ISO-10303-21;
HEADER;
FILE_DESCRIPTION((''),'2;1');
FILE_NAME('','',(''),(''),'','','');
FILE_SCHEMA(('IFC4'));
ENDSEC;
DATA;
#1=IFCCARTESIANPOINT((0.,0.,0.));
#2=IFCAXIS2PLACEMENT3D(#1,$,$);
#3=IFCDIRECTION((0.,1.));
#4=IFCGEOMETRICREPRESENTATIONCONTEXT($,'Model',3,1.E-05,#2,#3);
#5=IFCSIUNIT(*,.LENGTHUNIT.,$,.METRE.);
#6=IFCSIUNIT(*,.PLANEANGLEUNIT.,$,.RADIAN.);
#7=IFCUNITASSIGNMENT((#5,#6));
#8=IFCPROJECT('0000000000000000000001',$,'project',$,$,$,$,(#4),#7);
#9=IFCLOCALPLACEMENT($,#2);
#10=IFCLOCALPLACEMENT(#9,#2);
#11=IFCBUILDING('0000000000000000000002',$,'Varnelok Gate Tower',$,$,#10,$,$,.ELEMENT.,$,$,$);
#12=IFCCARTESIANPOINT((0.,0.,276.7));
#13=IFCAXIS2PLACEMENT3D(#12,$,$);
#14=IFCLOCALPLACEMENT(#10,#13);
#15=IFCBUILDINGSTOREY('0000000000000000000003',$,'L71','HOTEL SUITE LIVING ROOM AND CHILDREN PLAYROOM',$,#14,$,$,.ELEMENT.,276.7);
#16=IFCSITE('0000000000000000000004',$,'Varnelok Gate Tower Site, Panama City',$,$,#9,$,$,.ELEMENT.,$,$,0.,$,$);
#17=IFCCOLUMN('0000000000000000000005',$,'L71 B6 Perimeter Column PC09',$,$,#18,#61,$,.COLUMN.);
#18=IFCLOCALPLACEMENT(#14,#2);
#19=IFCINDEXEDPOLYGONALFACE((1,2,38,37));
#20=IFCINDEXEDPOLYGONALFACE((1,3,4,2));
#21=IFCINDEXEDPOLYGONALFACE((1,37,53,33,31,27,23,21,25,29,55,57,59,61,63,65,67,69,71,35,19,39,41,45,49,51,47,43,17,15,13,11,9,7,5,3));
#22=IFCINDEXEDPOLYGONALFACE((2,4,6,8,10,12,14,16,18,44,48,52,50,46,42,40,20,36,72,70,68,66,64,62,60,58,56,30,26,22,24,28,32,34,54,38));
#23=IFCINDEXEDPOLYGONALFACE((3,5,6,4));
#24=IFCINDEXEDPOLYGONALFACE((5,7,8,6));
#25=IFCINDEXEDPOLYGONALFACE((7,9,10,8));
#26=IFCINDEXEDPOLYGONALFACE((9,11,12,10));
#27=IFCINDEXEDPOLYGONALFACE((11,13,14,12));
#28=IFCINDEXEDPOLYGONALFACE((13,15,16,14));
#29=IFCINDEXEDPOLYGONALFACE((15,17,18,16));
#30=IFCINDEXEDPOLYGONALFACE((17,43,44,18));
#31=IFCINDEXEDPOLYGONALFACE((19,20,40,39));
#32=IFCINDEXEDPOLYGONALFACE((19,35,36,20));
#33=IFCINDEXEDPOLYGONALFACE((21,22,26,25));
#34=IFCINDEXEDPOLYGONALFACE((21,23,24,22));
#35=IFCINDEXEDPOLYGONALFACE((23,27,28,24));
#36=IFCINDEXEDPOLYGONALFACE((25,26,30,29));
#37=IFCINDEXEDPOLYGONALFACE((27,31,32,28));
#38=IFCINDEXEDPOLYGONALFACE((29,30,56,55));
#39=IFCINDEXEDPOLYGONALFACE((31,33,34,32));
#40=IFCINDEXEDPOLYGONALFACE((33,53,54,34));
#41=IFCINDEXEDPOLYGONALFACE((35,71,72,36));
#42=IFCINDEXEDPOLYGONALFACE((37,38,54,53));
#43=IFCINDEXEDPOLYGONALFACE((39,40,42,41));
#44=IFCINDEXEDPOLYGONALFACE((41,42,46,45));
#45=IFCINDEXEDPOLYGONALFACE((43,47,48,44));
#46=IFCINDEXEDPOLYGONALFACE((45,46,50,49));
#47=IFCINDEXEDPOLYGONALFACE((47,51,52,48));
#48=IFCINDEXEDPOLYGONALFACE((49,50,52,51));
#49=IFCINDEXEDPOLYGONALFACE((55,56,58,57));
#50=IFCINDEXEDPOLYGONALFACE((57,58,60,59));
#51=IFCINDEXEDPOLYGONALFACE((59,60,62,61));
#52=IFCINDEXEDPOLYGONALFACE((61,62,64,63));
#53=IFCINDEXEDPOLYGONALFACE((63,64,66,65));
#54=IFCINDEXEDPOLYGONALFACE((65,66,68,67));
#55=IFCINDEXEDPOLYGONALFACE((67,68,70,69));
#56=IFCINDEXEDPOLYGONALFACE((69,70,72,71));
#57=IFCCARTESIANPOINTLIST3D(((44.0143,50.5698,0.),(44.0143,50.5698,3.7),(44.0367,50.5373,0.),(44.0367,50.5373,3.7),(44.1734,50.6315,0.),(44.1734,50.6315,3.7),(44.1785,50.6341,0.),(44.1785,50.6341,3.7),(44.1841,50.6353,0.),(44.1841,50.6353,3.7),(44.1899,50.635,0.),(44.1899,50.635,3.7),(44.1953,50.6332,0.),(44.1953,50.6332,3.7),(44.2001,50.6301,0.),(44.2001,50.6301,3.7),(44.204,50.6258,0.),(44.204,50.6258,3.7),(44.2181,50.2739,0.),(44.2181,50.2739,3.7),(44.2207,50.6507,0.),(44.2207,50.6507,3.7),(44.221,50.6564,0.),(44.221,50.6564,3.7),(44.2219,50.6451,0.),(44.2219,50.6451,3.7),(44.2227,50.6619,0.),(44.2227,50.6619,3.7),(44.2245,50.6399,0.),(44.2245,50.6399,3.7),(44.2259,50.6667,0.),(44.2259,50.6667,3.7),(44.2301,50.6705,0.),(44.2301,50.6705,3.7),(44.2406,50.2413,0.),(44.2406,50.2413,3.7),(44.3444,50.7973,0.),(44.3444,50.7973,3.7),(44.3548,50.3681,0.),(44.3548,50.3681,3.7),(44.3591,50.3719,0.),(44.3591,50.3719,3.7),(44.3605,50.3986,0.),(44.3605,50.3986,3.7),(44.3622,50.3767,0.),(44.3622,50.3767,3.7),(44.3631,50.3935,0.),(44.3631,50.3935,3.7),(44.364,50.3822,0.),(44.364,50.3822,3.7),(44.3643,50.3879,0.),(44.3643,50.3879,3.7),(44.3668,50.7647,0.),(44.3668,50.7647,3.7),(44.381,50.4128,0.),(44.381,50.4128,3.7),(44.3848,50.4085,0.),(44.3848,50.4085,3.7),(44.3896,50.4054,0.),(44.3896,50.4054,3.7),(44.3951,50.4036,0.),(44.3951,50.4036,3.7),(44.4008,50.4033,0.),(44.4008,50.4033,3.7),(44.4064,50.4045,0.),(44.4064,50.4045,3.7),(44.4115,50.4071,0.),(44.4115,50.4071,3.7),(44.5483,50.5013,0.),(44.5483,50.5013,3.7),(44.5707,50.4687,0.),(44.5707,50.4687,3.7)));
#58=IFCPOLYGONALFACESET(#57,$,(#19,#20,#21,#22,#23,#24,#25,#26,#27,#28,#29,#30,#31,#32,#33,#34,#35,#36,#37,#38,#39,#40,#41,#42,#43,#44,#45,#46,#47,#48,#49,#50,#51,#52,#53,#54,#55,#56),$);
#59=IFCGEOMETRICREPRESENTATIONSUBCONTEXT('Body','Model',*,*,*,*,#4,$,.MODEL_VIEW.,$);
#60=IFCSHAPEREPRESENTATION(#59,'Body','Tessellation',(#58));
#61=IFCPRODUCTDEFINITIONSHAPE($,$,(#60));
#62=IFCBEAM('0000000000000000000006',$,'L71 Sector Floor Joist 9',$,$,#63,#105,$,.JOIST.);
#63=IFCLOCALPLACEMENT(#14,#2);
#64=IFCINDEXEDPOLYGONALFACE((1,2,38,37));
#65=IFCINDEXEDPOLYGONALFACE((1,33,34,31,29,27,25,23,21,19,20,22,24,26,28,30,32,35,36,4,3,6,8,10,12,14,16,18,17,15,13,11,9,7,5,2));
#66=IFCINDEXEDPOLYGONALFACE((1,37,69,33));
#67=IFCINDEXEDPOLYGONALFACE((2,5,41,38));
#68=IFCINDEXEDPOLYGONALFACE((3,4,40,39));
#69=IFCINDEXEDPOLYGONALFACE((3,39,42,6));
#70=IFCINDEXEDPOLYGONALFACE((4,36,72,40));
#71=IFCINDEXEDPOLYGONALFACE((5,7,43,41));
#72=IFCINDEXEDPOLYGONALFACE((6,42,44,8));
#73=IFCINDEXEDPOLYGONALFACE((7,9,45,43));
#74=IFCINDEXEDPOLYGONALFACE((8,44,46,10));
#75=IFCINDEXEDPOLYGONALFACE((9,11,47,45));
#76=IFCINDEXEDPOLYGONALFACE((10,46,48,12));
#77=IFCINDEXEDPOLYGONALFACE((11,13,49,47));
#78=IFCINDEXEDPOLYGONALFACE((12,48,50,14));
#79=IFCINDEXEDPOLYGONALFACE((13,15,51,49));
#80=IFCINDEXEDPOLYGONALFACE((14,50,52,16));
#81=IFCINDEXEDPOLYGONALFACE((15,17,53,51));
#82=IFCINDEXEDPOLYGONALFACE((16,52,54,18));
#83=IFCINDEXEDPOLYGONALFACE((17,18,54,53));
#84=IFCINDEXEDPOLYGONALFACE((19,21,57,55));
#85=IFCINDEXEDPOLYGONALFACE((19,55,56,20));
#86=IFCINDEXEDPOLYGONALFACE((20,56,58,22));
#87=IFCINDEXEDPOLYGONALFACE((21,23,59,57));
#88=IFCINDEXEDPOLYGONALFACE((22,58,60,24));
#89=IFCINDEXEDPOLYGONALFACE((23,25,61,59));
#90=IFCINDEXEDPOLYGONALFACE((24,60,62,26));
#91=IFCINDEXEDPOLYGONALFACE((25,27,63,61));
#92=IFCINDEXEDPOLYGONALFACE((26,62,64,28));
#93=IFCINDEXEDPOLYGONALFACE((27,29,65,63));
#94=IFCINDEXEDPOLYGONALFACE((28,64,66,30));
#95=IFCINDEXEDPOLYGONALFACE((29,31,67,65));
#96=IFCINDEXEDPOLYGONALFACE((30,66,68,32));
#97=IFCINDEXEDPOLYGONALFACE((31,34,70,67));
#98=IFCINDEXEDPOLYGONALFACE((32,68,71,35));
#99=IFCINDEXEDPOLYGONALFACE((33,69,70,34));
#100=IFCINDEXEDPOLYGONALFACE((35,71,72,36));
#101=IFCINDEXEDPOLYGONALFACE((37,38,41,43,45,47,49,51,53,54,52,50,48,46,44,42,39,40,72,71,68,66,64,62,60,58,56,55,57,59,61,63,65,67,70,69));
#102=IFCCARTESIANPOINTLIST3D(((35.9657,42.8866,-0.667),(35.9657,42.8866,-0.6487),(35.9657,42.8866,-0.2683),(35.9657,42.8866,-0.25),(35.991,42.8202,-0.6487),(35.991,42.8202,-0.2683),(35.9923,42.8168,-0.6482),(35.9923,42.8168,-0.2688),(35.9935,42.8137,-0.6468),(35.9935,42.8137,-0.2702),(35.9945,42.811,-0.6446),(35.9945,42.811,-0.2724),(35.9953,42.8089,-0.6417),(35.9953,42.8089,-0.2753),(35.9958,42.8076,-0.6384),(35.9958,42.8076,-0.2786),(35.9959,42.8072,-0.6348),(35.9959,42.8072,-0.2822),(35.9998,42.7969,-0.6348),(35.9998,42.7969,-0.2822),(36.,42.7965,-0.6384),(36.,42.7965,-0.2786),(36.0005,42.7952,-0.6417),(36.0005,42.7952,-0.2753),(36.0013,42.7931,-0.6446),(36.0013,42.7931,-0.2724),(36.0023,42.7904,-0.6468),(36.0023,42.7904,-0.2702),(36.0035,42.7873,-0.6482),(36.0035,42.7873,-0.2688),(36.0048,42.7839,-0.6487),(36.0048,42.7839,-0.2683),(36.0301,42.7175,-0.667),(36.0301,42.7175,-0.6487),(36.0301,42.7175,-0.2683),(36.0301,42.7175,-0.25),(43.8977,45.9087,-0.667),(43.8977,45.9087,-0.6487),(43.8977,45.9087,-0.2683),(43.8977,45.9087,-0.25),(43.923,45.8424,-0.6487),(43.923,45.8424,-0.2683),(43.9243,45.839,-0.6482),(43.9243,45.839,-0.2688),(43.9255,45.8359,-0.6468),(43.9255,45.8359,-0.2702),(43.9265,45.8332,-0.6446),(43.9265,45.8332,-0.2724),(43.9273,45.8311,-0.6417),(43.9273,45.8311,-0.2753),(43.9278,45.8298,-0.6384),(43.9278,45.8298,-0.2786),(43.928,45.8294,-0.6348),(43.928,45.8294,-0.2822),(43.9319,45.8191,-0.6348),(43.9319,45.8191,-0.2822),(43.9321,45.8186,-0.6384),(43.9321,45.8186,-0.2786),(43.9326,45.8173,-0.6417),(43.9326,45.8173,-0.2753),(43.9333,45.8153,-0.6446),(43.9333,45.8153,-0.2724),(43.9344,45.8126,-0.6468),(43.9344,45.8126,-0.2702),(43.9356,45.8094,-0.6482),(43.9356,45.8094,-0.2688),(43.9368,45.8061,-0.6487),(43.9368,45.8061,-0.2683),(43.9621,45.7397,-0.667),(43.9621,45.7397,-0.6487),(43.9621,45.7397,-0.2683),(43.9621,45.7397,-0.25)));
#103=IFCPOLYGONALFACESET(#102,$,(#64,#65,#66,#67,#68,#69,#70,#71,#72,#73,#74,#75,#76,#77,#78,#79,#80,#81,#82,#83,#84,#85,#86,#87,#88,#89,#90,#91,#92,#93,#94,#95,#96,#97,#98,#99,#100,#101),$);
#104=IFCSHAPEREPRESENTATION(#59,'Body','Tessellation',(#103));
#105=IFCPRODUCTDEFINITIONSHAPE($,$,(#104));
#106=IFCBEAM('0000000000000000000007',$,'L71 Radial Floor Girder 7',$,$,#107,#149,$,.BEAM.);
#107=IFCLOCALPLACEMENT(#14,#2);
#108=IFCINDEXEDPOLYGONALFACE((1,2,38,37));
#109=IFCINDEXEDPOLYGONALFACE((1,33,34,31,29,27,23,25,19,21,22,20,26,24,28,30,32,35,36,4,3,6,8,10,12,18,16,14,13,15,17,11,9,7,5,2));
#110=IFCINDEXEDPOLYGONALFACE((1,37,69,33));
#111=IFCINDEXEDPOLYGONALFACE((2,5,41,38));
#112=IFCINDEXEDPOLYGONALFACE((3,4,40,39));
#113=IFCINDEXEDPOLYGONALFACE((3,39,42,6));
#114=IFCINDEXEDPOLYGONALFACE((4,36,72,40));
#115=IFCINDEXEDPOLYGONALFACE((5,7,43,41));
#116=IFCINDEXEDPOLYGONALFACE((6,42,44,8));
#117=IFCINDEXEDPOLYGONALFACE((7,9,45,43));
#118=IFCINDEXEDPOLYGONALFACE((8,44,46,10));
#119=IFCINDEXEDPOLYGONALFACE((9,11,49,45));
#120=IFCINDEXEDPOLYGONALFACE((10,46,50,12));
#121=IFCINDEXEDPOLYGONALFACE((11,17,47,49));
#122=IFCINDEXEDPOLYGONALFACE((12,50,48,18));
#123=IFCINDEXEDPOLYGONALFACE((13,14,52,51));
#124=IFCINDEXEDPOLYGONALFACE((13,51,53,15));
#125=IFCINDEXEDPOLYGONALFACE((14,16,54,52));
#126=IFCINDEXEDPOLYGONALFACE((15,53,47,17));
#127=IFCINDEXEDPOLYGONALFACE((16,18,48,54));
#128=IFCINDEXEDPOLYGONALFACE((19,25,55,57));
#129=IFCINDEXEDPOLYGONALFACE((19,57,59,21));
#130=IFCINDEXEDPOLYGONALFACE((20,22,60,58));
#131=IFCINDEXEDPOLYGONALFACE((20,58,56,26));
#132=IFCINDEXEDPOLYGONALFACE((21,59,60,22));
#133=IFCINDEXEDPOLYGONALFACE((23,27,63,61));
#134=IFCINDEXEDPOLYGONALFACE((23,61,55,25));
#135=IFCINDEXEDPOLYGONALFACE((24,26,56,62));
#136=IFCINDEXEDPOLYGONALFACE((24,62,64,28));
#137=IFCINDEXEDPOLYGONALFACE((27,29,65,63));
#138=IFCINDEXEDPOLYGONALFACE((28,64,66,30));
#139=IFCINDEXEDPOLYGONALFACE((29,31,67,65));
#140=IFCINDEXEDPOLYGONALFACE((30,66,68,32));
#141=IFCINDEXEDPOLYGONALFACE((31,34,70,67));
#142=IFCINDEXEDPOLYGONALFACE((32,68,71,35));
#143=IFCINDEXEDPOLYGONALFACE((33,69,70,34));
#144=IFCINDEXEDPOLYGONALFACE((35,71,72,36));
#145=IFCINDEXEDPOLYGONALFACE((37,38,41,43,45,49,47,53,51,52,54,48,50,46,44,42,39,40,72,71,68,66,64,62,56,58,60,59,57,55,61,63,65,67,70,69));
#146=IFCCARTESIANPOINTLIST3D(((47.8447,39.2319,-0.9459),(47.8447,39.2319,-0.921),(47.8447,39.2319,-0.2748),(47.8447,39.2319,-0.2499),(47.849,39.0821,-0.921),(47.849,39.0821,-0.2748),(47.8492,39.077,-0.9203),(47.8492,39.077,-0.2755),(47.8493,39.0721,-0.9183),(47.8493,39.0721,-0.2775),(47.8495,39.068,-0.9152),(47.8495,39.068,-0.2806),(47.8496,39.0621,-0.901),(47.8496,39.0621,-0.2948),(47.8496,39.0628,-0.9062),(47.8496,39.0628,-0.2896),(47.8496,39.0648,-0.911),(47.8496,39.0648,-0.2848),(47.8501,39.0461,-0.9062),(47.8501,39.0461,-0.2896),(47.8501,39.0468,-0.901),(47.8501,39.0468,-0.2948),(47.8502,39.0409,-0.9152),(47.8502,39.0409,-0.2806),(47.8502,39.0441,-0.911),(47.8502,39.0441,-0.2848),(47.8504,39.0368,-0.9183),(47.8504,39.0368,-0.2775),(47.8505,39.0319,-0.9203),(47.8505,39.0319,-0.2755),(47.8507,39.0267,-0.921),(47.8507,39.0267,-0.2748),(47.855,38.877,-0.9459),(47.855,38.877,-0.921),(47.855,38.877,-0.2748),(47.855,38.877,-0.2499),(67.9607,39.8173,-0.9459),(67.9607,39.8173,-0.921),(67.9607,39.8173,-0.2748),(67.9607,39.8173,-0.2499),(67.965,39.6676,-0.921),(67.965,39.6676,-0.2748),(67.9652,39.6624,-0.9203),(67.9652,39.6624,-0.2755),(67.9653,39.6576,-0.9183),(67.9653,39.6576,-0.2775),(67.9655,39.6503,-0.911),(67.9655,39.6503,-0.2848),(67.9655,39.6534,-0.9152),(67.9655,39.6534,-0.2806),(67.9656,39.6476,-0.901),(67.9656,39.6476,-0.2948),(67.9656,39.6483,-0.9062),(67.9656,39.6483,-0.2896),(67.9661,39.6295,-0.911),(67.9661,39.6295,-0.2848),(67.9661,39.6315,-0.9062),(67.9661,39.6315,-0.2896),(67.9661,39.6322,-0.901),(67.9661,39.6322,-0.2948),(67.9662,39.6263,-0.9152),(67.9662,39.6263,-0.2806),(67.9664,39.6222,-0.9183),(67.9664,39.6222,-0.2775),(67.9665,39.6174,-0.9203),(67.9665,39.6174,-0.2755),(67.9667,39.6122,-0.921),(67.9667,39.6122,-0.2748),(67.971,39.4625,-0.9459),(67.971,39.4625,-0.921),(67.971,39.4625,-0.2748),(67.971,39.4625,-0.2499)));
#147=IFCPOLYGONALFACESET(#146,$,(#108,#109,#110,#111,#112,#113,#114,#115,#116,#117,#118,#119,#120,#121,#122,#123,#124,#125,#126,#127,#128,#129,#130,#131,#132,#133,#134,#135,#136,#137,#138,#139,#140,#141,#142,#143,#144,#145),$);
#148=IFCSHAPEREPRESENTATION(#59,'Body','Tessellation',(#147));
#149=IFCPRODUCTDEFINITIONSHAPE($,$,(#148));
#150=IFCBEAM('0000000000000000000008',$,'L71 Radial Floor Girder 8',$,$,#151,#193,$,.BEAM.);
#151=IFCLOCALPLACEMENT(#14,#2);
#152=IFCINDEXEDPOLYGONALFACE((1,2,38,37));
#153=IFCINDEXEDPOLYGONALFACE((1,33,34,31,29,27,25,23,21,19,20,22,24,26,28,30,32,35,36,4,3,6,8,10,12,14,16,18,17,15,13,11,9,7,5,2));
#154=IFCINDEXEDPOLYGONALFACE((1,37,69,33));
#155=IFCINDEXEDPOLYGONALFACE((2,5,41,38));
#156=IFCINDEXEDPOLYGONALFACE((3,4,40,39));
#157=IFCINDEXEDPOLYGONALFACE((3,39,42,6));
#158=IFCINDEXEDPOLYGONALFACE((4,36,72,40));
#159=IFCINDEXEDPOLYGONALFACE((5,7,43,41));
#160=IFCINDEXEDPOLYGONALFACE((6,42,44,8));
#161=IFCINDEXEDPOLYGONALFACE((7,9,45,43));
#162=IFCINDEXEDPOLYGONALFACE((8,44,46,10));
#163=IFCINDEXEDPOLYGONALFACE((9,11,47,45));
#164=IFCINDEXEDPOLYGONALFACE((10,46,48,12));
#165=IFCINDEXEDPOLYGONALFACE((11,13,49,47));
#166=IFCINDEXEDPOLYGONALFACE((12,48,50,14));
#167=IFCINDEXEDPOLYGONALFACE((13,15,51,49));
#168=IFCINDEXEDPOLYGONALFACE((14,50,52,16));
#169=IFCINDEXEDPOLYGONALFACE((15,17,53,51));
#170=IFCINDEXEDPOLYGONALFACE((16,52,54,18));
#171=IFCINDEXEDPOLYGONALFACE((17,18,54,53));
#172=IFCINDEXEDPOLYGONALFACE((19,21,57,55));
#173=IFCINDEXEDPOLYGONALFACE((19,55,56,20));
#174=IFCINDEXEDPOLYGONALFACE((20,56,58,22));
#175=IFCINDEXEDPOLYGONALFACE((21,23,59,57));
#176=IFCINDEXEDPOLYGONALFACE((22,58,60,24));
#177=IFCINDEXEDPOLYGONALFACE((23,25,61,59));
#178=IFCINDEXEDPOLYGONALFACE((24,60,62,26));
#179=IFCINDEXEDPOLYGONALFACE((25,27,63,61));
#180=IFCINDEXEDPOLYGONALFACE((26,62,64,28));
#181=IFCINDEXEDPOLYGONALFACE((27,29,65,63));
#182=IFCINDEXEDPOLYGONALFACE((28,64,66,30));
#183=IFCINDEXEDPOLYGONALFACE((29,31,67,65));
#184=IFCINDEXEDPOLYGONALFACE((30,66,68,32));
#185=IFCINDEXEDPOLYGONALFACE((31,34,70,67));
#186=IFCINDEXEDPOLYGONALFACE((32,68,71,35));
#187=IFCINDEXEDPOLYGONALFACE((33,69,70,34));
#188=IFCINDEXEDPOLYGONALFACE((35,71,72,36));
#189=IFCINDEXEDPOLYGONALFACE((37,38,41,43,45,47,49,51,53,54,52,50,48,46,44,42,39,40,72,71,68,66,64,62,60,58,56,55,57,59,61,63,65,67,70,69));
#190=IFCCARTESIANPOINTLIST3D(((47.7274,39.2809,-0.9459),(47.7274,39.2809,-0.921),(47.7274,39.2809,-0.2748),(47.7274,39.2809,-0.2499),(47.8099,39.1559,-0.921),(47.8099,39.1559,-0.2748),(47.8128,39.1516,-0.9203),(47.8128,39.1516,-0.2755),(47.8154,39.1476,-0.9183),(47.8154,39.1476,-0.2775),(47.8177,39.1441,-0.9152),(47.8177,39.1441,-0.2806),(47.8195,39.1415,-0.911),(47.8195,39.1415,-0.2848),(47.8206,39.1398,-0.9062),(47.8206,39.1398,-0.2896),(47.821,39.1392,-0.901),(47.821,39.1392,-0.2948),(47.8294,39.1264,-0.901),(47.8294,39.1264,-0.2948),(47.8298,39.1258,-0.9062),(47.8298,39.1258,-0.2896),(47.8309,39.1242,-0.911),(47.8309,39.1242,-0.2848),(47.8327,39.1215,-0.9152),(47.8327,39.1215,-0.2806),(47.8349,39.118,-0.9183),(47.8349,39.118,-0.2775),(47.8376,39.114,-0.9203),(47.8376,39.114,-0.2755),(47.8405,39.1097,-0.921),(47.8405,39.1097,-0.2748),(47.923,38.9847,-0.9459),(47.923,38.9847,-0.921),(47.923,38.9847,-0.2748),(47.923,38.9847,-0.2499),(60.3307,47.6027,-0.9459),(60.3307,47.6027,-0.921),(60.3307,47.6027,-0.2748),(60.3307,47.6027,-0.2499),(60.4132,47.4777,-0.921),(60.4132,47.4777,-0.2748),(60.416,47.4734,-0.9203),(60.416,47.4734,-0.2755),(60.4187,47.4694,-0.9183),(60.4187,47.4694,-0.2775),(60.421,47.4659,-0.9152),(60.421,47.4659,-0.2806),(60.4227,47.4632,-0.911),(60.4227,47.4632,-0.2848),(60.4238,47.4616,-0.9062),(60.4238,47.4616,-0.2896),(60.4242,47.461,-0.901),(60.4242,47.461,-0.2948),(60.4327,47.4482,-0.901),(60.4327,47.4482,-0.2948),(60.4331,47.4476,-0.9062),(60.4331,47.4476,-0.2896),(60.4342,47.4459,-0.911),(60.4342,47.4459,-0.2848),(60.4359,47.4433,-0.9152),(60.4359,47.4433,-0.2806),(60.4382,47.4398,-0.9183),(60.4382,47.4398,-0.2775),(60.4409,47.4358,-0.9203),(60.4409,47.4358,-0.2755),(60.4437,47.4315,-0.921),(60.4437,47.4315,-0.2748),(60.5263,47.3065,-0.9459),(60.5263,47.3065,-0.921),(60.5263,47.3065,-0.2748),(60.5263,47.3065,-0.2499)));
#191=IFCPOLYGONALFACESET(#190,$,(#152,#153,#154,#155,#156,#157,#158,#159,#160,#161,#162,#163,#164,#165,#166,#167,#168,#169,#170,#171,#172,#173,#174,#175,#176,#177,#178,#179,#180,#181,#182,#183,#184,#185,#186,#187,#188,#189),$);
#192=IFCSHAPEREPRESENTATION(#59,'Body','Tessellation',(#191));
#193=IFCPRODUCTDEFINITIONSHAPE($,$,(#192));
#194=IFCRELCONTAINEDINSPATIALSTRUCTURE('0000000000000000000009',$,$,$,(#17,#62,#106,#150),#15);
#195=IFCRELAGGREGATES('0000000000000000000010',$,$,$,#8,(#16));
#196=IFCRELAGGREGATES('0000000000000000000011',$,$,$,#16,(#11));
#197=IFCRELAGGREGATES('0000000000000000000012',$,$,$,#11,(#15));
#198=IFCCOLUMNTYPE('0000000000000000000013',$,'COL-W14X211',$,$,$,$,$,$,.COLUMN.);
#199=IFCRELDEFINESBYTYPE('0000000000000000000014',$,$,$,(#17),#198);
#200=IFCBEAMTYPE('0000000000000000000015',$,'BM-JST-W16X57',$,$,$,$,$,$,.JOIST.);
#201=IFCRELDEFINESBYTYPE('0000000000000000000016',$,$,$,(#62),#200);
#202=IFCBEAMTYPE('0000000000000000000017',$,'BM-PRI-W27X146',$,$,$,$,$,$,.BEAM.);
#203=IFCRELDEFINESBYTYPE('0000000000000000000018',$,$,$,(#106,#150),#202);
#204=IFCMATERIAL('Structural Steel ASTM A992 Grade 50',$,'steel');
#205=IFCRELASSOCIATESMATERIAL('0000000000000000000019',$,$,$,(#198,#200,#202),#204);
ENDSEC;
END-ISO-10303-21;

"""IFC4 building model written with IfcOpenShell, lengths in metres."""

from ifc_helpers import new_model, si_unit, direction, frame, origin, origin_2d, place, context, subcontext, project, spatial, i_section, extrude, material, material_profile, profile_set, type_object, element, save


model = new_model("IFC4")

# Units and contexts
model_context = context("Model", 3, precision=1e-05, world=origin(), true_north=direction((0.0, 1.0)))
body_context = subcontext(model_context, "Body", "Model", "MODEL_VIEW")
ifc_project = project(units=[si_unit("LENGTHUNIT", "METRE"), si_unit("PLANEANGLEUNIT", "RADIAN")], contexts=[model_context])

# Site, building, storey
site_placement = place(None, origin())
site = spatial("IfcSite", under=ifc_project, at=site_placement, Name="Varnelok Gate Tower Site, Panama City", CompositionType="ELEMENT", RefElevation=0.0)
building_placement = place(site_placement, origin())
building = spatial("IfcBuilding", under=site, at=building_placement, Name="Varnelok Gate Tower", CompositionType="ELEMENT")
storey_placement = place(building_placement, frame((0.0, 0.0, 276.7)))
storey = spatial("IfcBuildingStorey", under=building, at=storey_placement, Name="L71", Description="HOTEL SUITE LIVING ROOM AND CHILDREN PLAYROOM", CompositionType="ELEMENT", Elevation=276.7)

# Column
ifc_material_1 = material(Name="Structural Steel ASTM A992 Grade 50", Category="steel")
ifc_material_profile_1 = material_profile(ifc_material_1, i_section(OverallWidth=0.4009, OverallDepth=0.3989, WebThickness=0.0249, FlangeThickness=0.0396, FilletRadius=0.022, at=origin_2d()), Name="W14X211")
ifc_profile_set_1 = profile_set([ifc_material_profile_1], Name="Structural Steel ASTM A992 Grade 50")
column_type = type_object("IfcColumnType", Name="COL-W14X211", PredefinedType="COLUMN", material=ifc_profile_set_1)
column_placement = place(storey_placement, frame((44.2925, 50.5193, 0.0), z_axis=(0.0, 0.0, 1.0), x_axis=(0.823533, 0.567269, 0.0)))
element("IfcColumn", 1, at=column_placement, inside=storey, type_object=column_type, Name="L71 B6 Perimeter Column PC09", PredefinedType="COLUMN", context=body_context, shape_type="SweptSolid", body=[
    extrude(i_section(OverallWidth=0.4009, OverallDepth=0.3989, WebThickness=0.0249, FlangeThickness=0.0396, FilletRadius=0.022, at=origin_2d()), origin(), (0.0, 0.0, 1.0), 3.7),
])

# Beams
ifc_material_profile_2 = material_profile(ifc_material_1, i_section(OverallWidth=0.1809, OverallDepth=0.417, WebThickness=0.011, FlangeThickness=0.0183, FilletRadius=0.0139, at=origin_2d()), Name="W16X57")
ifc_profile_set_2 = profile_set([ifc_material_profile_2], Name="Structural Steel ASTM A992 Grade 50")
beam_type_1 = type_object("IfcBeamType", Name="BM-JST-W16X57", PredefinedType="JOIST", material=ifc_profile_set_2)
beam_1_placement = place(storey_placement, frame((43.9299, 45.8242, -0.4585), z_axis=(-0.93447, -0.356042, 0.0), x_axis=(0.356042, -0.93447, 0.0)))
element("IfcBeam", 2, at=beam_1_placement, inside=storey, type_object=beam_type_1, Name="L71 Sector Floor Joist 9", PredefinedType="JOIST", context=body_context, shape_type="SweptSolid", body=[
    extrude(i_section(OverallWidth=0.1809, OverallDepth=0.417, WebThickness=0.011, FlangeThickness=0.0183, FilletRadius=0.0139, at=origin_2d()), origin(), (0.0, 0.0, 1.0), 8.4883),
])
ifc_material_profile_3 = material_profile(ifc_material_1, i_section(OverallWidth=0.355, OverallDepth=0.696, WebThickness=0.0154, FlangeThickness=0.0249, FilletRadius=0.02, at=origin_2d()), Name="W27X146")
ifc_profile_set_3 = profile_set([ifc_material_profile_3], Name="Structural Steel ASTM A992 Grade 50")
beam_type_2 = type_object("IfcBeamType", Name="BM-PRI-W27X146", PredefinedType="BEAM", material=ifc_profile_set_3)
beam_2_placement = place(storey_placement, frame((47.8499, 39.0544, -0.5979), z_axis=(0.999577, 0.029091, 0.0), x_axis=(-0.029091, 0.999577, 0.0)))
element("IfcBeam", 3, at=beam_2_placement, inside=storey, type_object=beam_type_2, Name="L71 Radial Floor Girder 7", PredefinedType="BEAM", context=body_context, shape_type="SweptSolid", body=[
    extrude(i_section(OverallWidth=0.355, OverallDepth=0.696, WebThickness=0.0154, FlangeThickness=0.0249, FilletRadius=0.02, at=origin_2d()), origin(), (0.0, 0.0, 1.0), 20.1245),
])
beam_3_placement = place(storey_placement, frame((47.8252, 39.1328, -0.5979), z_axis=(0.834499, 0.551009, 0.0), x_axis=(-0.551009, 0.834499, 0.0)))
element("IfcBeam", 4, at=beam_3_placement, inside=storey, type_object=beam_type_2, Name="L71 Radial Floor Girder 8", PredefinedType="BEAM", context=body_context, shape_type="SweptSolid", body=[
    extrude(i_section(OverallWidth=0.355, OverallDepth=0.696, WebThickness=0.0154, FlangeThickness=0.0249, FilletRadius=0.02, at=origin_2d()), origin(), (0.0, 0.0, 1.0), 15.1028),
])

save(model, "model.ifc")
